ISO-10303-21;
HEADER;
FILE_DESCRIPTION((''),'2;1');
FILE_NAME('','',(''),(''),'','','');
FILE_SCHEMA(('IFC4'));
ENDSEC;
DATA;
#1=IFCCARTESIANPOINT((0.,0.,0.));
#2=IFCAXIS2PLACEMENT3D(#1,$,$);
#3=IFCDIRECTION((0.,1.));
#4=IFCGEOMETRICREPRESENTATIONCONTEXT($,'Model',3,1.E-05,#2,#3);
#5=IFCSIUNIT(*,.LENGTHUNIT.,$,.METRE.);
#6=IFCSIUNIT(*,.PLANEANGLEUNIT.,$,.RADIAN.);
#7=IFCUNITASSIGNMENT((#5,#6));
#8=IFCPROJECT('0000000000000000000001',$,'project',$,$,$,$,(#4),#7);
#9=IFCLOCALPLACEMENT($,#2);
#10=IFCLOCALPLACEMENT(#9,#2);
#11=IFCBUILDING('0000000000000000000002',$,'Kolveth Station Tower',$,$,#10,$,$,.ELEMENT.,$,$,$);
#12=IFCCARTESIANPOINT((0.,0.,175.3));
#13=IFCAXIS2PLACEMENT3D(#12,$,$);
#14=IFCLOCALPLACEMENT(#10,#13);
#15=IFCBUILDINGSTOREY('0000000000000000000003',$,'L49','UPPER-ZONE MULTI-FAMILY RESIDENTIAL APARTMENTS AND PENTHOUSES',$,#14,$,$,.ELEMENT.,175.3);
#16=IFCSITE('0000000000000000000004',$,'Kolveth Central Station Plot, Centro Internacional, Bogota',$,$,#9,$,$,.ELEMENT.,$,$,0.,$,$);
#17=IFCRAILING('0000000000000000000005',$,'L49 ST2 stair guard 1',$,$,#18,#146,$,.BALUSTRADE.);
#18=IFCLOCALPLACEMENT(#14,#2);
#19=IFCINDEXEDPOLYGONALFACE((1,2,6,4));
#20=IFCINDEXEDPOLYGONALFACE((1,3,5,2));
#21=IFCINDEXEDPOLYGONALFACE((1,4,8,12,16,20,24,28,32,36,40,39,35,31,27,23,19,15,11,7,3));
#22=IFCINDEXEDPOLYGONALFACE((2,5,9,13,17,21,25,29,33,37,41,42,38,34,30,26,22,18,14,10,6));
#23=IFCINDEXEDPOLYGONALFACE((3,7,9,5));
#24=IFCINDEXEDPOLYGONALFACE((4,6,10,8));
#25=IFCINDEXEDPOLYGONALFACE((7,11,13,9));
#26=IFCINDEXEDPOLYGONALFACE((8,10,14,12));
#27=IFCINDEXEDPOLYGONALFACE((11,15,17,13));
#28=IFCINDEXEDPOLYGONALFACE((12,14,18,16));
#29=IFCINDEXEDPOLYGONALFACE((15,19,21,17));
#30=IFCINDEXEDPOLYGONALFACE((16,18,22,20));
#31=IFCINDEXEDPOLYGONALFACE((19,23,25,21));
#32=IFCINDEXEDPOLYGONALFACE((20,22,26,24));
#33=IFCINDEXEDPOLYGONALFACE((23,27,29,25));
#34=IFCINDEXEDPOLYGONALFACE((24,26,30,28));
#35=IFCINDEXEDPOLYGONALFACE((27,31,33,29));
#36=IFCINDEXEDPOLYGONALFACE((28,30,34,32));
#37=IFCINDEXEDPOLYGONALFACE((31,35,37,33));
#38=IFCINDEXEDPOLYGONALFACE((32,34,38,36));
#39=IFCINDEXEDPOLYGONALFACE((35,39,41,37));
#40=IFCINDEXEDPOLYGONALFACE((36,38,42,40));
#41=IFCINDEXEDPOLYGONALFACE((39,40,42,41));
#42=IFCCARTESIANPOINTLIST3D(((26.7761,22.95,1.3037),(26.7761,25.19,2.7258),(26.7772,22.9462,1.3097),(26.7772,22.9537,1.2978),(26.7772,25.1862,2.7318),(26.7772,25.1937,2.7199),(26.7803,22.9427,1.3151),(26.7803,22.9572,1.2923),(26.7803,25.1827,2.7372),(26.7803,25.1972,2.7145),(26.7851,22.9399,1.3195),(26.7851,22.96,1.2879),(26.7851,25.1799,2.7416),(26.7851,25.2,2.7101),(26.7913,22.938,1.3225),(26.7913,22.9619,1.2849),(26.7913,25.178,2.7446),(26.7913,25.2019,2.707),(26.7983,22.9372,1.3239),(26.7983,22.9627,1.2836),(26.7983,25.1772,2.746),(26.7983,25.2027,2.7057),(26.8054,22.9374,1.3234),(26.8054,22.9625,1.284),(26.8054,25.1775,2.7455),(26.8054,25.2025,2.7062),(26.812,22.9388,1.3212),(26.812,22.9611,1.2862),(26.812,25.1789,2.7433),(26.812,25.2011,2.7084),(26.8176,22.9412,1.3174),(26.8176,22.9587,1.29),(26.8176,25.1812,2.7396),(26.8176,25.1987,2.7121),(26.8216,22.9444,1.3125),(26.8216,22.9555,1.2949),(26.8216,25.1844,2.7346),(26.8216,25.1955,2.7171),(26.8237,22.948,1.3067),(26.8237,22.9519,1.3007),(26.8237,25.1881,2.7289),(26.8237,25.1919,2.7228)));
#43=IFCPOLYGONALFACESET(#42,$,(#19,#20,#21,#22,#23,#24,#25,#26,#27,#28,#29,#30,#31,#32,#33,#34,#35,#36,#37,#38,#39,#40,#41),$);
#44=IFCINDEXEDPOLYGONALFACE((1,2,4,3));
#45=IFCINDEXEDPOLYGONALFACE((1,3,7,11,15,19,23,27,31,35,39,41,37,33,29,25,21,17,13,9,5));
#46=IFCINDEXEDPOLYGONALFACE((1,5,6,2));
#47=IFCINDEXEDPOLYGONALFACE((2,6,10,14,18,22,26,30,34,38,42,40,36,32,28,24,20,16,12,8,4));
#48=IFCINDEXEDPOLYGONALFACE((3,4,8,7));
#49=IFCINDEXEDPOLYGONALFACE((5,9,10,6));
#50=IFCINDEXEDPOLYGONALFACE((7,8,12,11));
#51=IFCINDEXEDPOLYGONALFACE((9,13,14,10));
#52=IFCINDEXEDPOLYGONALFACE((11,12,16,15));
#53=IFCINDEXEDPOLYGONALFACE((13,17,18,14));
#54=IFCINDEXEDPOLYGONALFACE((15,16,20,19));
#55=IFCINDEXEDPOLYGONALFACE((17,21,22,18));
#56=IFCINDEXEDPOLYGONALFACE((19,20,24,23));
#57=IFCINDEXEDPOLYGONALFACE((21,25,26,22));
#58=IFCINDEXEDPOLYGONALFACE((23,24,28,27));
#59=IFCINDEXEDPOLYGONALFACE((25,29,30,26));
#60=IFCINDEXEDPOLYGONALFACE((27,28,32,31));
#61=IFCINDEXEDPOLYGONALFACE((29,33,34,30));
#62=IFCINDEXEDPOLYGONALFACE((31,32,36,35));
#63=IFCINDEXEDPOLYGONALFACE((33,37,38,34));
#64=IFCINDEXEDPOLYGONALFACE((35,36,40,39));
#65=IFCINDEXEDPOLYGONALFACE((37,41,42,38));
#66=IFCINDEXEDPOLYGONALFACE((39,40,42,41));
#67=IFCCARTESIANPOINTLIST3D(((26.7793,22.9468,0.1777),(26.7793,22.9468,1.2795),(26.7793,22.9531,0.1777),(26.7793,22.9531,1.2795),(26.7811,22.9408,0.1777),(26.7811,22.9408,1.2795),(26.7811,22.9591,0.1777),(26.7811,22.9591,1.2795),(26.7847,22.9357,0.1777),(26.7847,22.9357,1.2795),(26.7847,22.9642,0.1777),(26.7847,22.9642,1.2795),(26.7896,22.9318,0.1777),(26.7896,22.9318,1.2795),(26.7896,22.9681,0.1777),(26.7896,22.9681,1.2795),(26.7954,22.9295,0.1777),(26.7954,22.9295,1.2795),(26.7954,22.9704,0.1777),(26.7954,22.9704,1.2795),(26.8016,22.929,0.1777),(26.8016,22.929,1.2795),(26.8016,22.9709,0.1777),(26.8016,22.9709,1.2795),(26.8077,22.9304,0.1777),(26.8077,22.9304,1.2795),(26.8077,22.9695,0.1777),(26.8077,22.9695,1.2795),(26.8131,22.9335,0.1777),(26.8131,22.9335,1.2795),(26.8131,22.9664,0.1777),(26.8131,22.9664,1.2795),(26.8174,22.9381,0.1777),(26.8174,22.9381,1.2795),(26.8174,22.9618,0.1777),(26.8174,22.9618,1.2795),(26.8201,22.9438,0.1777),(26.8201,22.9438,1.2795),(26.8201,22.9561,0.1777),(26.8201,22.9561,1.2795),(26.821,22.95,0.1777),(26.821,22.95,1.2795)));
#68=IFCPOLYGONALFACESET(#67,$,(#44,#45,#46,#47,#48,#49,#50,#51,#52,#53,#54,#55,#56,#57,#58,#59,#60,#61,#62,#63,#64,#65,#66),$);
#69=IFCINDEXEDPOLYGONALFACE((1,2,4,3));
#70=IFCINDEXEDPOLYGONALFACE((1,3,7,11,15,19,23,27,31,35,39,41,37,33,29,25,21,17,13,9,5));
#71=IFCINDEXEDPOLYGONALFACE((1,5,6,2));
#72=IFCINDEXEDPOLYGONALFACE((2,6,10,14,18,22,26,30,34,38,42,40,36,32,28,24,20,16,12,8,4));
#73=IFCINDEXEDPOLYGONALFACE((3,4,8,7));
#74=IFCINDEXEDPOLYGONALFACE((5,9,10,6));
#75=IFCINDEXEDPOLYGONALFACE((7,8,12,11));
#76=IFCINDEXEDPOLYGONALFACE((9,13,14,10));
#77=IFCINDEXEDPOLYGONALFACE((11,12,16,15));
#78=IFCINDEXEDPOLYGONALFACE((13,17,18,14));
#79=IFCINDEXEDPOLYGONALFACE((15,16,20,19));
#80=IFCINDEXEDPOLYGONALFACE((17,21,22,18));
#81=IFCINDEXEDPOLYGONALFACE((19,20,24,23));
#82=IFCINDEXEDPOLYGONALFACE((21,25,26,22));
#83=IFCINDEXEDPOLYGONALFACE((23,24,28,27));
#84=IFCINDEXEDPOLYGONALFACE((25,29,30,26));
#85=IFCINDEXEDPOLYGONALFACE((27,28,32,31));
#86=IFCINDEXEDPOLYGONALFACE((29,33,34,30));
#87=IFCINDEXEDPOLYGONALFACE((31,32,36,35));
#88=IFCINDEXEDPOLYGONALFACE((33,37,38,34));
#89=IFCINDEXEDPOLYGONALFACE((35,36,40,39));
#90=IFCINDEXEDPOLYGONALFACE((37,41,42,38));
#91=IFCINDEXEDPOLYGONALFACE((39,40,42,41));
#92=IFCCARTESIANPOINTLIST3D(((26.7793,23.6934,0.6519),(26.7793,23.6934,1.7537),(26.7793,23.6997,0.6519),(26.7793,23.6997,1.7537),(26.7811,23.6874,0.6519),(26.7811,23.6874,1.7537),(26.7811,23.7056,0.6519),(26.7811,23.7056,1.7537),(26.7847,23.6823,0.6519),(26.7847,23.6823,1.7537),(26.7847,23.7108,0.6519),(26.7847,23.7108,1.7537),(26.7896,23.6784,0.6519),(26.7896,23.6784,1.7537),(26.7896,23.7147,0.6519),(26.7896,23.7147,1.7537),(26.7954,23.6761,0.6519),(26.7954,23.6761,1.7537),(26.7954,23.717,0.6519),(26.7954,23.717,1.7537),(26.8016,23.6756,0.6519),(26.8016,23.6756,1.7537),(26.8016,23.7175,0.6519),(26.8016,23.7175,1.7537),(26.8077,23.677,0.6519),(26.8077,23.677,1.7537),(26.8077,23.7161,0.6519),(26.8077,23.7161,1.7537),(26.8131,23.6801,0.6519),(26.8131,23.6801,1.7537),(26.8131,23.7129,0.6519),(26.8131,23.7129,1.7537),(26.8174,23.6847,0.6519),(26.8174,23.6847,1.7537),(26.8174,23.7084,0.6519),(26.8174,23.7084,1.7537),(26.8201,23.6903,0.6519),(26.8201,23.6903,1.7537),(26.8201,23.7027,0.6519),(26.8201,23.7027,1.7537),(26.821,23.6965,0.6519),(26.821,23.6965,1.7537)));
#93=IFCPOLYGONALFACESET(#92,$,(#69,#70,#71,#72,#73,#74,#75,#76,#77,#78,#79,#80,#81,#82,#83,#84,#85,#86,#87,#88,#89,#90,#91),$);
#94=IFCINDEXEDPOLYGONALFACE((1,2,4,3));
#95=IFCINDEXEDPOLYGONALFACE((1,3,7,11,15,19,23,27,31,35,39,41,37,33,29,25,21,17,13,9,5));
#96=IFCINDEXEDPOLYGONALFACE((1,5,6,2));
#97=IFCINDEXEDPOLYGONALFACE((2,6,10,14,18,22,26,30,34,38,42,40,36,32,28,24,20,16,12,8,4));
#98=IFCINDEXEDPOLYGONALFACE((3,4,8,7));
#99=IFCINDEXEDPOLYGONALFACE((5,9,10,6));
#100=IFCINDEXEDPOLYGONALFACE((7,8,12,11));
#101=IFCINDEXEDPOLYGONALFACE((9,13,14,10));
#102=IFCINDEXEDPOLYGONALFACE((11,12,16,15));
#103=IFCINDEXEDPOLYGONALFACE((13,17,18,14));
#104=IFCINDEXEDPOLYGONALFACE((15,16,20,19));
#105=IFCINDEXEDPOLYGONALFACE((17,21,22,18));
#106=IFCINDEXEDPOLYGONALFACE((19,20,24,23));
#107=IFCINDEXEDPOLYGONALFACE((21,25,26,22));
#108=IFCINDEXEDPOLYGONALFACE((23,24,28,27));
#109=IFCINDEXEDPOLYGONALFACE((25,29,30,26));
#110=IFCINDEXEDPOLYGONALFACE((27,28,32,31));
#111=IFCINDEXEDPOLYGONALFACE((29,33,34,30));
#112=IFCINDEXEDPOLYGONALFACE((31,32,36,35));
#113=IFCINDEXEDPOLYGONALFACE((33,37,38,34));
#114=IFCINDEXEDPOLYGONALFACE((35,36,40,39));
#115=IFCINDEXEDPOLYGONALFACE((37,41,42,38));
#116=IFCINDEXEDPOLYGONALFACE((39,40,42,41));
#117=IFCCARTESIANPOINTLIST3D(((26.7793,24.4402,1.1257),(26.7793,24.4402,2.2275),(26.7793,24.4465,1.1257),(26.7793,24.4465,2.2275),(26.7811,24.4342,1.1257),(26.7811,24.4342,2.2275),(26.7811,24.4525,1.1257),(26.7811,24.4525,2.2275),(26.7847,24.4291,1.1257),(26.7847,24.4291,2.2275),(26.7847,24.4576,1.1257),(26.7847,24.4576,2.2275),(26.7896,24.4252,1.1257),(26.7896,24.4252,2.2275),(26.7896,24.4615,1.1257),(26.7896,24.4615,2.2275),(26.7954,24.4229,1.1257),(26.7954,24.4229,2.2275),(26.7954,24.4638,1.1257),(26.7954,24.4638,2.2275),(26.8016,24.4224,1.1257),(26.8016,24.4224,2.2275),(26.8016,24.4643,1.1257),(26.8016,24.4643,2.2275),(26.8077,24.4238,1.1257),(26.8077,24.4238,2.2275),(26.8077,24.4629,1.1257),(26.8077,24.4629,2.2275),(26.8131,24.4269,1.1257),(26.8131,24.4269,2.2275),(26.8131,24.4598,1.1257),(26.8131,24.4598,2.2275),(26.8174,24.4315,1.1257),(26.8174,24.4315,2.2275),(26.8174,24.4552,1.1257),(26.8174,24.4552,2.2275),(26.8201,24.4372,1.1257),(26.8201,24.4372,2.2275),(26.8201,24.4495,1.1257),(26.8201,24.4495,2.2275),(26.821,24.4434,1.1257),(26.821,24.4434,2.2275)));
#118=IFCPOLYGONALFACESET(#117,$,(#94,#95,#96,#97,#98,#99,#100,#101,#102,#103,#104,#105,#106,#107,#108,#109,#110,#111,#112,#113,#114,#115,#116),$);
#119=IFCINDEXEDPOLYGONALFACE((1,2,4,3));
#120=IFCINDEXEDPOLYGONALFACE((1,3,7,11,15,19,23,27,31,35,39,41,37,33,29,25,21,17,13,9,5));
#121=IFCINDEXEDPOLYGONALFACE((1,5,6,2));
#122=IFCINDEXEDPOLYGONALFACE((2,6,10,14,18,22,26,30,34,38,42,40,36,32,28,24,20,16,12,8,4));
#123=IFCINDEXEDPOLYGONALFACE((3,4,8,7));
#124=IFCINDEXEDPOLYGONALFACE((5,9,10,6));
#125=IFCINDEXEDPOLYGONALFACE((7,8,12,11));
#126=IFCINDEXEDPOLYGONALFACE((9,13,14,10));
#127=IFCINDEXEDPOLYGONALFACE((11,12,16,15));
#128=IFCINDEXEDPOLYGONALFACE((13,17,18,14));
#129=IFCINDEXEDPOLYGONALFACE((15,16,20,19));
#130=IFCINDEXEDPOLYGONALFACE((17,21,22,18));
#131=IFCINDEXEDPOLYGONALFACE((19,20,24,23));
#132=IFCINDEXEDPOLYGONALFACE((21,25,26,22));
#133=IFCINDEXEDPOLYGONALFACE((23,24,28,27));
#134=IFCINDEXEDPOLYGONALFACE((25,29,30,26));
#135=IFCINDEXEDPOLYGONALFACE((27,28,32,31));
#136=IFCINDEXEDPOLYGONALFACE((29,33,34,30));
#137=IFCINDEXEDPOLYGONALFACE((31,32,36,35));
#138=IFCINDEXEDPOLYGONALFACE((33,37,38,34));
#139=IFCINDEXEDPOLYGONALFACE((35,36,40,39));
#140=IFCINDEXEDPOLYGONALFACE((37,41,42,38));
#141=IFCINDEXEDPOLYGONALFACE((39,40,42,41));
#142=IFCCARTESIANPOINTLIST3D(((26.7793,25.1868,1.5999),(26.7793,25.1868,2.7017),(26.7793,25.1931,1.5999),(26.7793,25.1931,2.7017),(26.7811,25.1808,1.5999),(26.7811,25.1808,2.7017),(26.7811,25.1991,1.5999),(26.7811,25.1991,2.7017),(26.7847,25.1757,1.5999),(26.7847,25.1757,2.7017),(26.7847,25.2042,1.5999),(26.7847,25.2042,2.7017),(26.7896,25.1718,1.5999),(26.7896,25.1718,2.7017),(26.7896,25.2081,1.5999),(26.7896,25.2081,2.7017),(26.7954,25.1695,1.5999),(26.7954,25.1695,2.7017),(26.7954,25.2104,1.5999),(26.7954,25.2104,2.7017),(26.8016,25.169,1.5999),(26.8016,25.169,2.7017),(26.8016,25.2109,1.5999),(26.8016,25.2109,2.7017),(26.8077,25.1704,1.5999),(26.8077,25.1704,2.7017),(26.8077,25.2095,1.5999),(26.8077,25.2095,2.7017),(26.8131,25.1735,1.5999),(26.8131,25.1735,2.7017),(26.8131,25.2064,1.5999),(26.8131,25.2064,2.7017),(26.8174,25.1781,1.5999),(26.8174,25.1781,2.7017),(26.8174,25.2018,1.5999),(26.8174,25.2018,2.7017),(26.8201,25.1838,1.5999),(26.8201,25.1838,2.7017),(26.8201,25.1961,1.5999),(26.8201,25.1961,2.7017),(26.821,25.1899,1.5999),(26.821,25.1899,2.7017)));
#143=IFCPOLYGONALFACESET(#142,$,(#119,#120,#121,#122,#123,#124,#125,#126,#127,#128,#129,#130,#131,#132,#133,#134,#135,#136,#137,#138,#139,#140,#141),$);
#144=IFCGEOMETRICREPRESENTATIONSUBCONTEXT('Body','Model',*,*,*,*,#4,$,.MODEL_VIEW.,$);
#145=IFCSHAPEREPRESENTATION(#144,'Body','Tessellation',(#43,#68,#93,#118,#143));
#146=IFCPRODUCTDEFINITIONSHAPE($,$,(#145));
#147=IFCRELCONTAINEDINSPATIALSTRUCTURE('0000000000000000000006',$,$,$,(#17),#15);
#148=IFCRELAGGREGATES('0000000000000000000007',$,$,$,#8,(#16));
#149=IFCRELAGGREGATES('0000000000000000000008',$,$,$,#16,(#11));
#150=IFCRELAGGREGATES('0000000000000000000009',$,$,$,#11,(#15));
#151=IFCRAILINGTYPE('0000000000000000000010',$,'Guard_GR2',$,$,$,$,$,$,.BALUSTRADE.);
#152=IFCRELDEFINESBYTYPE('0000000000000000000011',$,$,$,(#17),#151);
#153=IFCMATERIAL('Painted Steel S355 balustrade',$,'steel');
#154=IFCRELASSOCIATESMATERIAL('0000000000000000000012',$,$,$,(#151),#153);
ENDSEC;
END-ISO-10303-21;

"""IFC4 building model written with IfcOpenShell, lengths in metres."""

from ifc_helpers import new_model, si_unit, direction, frame, origin, origin_2d, place, context, subcontext, project, spatial, circle, extrude, material, type_object, element, save


model = new_model("IFC4")

# Units and contexts
model_context = context("Model", 3, precision=1e-05, world=origin(), true_north=direction((0.0, 1.0)))
body_context = subcontext(model_context, "Body", "Model", "MODEL_VIEW")
ifc_project = project(units=[si_unit("LENGTHUNIT", "METRE"), si_unit("PLANEANGLEUNIT", "RADIAN")], contexts=[model_context])

# Site, building, storey
site_placement = place(None, origin())
site = spatial("IfcSite", under=ifc_project, at=site_placement, Name="Kolveth Central Station Plot, Centro Internacional, Bogota", CompositionType="ELEMENT", RefElevation=0.0)
building_placement = place(site_placement, origin())
building = spatial("IfcBuilding", under=site, at=building_placement, Name="Kolveth Station Tower", CompositionType="ELEMENT")
storey_placement = place(building_placement, frame((0.0, 0.0, 175.3)))
storey = spatial("IfcBuildingStorey", under=building, at=storey_placement, Name="L49", Description="UPPER-ZONE MULTI-FAMILY RESIDENTIAL APARTMENTS AND PENTHOUSES", CompositionType="ELEMENT", Elevation=175.3)

# Railing
ifc_material_1 = material(Name="Painted Steel S355 balustrade", Category="steel")
railing_type_1 = type_object("IfcRailingType", Name="Guard_GR2", PredefinedType="BALUSTRADE", material=ifc_material_1)
for number, where, name in (
    (1, (26.8, 22.95, 0.1777), "L49 ST2 stair guard 1"),
):
    element("IfcRailing", number, at=place(storey_placement, frame(where)), inside=storey, type_object=railing_type_1, Name=name, PredefinedType="BALUSTRADE", context=body_context, shape_type="SweptSolid", body=[
        extrude(circle(Radius=0.0239, at=origin_2d()), frame((0.0, 0.0, 1.126), z_axis=(0.0, 0.844229, 0.535982), x_axis=(-1.0, 0.0, 0.0)), (0.0, 0.0, 1.0), 2.6533),
        extrude(circle(Radius=0.021, at=origin_2d()), origin(), (0.0, 0.0, 1.0), 1.1018),
        extrude(circle(Radius=0.021, at=origin_2d()), frame((0.0, 0.7466, 0.4741)), (0.0, 0.0, 1.0), 1.1018),
        extrude(circle(Radius=0.021, at=origin_2d()), frame((0.0, 1.4934, 0.948)), (0.0, 0.0, 1.0), 1.1018),
        extrude(circle(Radius=0.021, at=origin_2d()), frame((0.0, 2.24, 1.4221)), (0.0, 0.0, 1.0), 1.1018),
    ])

save(model, "model.ifc")
